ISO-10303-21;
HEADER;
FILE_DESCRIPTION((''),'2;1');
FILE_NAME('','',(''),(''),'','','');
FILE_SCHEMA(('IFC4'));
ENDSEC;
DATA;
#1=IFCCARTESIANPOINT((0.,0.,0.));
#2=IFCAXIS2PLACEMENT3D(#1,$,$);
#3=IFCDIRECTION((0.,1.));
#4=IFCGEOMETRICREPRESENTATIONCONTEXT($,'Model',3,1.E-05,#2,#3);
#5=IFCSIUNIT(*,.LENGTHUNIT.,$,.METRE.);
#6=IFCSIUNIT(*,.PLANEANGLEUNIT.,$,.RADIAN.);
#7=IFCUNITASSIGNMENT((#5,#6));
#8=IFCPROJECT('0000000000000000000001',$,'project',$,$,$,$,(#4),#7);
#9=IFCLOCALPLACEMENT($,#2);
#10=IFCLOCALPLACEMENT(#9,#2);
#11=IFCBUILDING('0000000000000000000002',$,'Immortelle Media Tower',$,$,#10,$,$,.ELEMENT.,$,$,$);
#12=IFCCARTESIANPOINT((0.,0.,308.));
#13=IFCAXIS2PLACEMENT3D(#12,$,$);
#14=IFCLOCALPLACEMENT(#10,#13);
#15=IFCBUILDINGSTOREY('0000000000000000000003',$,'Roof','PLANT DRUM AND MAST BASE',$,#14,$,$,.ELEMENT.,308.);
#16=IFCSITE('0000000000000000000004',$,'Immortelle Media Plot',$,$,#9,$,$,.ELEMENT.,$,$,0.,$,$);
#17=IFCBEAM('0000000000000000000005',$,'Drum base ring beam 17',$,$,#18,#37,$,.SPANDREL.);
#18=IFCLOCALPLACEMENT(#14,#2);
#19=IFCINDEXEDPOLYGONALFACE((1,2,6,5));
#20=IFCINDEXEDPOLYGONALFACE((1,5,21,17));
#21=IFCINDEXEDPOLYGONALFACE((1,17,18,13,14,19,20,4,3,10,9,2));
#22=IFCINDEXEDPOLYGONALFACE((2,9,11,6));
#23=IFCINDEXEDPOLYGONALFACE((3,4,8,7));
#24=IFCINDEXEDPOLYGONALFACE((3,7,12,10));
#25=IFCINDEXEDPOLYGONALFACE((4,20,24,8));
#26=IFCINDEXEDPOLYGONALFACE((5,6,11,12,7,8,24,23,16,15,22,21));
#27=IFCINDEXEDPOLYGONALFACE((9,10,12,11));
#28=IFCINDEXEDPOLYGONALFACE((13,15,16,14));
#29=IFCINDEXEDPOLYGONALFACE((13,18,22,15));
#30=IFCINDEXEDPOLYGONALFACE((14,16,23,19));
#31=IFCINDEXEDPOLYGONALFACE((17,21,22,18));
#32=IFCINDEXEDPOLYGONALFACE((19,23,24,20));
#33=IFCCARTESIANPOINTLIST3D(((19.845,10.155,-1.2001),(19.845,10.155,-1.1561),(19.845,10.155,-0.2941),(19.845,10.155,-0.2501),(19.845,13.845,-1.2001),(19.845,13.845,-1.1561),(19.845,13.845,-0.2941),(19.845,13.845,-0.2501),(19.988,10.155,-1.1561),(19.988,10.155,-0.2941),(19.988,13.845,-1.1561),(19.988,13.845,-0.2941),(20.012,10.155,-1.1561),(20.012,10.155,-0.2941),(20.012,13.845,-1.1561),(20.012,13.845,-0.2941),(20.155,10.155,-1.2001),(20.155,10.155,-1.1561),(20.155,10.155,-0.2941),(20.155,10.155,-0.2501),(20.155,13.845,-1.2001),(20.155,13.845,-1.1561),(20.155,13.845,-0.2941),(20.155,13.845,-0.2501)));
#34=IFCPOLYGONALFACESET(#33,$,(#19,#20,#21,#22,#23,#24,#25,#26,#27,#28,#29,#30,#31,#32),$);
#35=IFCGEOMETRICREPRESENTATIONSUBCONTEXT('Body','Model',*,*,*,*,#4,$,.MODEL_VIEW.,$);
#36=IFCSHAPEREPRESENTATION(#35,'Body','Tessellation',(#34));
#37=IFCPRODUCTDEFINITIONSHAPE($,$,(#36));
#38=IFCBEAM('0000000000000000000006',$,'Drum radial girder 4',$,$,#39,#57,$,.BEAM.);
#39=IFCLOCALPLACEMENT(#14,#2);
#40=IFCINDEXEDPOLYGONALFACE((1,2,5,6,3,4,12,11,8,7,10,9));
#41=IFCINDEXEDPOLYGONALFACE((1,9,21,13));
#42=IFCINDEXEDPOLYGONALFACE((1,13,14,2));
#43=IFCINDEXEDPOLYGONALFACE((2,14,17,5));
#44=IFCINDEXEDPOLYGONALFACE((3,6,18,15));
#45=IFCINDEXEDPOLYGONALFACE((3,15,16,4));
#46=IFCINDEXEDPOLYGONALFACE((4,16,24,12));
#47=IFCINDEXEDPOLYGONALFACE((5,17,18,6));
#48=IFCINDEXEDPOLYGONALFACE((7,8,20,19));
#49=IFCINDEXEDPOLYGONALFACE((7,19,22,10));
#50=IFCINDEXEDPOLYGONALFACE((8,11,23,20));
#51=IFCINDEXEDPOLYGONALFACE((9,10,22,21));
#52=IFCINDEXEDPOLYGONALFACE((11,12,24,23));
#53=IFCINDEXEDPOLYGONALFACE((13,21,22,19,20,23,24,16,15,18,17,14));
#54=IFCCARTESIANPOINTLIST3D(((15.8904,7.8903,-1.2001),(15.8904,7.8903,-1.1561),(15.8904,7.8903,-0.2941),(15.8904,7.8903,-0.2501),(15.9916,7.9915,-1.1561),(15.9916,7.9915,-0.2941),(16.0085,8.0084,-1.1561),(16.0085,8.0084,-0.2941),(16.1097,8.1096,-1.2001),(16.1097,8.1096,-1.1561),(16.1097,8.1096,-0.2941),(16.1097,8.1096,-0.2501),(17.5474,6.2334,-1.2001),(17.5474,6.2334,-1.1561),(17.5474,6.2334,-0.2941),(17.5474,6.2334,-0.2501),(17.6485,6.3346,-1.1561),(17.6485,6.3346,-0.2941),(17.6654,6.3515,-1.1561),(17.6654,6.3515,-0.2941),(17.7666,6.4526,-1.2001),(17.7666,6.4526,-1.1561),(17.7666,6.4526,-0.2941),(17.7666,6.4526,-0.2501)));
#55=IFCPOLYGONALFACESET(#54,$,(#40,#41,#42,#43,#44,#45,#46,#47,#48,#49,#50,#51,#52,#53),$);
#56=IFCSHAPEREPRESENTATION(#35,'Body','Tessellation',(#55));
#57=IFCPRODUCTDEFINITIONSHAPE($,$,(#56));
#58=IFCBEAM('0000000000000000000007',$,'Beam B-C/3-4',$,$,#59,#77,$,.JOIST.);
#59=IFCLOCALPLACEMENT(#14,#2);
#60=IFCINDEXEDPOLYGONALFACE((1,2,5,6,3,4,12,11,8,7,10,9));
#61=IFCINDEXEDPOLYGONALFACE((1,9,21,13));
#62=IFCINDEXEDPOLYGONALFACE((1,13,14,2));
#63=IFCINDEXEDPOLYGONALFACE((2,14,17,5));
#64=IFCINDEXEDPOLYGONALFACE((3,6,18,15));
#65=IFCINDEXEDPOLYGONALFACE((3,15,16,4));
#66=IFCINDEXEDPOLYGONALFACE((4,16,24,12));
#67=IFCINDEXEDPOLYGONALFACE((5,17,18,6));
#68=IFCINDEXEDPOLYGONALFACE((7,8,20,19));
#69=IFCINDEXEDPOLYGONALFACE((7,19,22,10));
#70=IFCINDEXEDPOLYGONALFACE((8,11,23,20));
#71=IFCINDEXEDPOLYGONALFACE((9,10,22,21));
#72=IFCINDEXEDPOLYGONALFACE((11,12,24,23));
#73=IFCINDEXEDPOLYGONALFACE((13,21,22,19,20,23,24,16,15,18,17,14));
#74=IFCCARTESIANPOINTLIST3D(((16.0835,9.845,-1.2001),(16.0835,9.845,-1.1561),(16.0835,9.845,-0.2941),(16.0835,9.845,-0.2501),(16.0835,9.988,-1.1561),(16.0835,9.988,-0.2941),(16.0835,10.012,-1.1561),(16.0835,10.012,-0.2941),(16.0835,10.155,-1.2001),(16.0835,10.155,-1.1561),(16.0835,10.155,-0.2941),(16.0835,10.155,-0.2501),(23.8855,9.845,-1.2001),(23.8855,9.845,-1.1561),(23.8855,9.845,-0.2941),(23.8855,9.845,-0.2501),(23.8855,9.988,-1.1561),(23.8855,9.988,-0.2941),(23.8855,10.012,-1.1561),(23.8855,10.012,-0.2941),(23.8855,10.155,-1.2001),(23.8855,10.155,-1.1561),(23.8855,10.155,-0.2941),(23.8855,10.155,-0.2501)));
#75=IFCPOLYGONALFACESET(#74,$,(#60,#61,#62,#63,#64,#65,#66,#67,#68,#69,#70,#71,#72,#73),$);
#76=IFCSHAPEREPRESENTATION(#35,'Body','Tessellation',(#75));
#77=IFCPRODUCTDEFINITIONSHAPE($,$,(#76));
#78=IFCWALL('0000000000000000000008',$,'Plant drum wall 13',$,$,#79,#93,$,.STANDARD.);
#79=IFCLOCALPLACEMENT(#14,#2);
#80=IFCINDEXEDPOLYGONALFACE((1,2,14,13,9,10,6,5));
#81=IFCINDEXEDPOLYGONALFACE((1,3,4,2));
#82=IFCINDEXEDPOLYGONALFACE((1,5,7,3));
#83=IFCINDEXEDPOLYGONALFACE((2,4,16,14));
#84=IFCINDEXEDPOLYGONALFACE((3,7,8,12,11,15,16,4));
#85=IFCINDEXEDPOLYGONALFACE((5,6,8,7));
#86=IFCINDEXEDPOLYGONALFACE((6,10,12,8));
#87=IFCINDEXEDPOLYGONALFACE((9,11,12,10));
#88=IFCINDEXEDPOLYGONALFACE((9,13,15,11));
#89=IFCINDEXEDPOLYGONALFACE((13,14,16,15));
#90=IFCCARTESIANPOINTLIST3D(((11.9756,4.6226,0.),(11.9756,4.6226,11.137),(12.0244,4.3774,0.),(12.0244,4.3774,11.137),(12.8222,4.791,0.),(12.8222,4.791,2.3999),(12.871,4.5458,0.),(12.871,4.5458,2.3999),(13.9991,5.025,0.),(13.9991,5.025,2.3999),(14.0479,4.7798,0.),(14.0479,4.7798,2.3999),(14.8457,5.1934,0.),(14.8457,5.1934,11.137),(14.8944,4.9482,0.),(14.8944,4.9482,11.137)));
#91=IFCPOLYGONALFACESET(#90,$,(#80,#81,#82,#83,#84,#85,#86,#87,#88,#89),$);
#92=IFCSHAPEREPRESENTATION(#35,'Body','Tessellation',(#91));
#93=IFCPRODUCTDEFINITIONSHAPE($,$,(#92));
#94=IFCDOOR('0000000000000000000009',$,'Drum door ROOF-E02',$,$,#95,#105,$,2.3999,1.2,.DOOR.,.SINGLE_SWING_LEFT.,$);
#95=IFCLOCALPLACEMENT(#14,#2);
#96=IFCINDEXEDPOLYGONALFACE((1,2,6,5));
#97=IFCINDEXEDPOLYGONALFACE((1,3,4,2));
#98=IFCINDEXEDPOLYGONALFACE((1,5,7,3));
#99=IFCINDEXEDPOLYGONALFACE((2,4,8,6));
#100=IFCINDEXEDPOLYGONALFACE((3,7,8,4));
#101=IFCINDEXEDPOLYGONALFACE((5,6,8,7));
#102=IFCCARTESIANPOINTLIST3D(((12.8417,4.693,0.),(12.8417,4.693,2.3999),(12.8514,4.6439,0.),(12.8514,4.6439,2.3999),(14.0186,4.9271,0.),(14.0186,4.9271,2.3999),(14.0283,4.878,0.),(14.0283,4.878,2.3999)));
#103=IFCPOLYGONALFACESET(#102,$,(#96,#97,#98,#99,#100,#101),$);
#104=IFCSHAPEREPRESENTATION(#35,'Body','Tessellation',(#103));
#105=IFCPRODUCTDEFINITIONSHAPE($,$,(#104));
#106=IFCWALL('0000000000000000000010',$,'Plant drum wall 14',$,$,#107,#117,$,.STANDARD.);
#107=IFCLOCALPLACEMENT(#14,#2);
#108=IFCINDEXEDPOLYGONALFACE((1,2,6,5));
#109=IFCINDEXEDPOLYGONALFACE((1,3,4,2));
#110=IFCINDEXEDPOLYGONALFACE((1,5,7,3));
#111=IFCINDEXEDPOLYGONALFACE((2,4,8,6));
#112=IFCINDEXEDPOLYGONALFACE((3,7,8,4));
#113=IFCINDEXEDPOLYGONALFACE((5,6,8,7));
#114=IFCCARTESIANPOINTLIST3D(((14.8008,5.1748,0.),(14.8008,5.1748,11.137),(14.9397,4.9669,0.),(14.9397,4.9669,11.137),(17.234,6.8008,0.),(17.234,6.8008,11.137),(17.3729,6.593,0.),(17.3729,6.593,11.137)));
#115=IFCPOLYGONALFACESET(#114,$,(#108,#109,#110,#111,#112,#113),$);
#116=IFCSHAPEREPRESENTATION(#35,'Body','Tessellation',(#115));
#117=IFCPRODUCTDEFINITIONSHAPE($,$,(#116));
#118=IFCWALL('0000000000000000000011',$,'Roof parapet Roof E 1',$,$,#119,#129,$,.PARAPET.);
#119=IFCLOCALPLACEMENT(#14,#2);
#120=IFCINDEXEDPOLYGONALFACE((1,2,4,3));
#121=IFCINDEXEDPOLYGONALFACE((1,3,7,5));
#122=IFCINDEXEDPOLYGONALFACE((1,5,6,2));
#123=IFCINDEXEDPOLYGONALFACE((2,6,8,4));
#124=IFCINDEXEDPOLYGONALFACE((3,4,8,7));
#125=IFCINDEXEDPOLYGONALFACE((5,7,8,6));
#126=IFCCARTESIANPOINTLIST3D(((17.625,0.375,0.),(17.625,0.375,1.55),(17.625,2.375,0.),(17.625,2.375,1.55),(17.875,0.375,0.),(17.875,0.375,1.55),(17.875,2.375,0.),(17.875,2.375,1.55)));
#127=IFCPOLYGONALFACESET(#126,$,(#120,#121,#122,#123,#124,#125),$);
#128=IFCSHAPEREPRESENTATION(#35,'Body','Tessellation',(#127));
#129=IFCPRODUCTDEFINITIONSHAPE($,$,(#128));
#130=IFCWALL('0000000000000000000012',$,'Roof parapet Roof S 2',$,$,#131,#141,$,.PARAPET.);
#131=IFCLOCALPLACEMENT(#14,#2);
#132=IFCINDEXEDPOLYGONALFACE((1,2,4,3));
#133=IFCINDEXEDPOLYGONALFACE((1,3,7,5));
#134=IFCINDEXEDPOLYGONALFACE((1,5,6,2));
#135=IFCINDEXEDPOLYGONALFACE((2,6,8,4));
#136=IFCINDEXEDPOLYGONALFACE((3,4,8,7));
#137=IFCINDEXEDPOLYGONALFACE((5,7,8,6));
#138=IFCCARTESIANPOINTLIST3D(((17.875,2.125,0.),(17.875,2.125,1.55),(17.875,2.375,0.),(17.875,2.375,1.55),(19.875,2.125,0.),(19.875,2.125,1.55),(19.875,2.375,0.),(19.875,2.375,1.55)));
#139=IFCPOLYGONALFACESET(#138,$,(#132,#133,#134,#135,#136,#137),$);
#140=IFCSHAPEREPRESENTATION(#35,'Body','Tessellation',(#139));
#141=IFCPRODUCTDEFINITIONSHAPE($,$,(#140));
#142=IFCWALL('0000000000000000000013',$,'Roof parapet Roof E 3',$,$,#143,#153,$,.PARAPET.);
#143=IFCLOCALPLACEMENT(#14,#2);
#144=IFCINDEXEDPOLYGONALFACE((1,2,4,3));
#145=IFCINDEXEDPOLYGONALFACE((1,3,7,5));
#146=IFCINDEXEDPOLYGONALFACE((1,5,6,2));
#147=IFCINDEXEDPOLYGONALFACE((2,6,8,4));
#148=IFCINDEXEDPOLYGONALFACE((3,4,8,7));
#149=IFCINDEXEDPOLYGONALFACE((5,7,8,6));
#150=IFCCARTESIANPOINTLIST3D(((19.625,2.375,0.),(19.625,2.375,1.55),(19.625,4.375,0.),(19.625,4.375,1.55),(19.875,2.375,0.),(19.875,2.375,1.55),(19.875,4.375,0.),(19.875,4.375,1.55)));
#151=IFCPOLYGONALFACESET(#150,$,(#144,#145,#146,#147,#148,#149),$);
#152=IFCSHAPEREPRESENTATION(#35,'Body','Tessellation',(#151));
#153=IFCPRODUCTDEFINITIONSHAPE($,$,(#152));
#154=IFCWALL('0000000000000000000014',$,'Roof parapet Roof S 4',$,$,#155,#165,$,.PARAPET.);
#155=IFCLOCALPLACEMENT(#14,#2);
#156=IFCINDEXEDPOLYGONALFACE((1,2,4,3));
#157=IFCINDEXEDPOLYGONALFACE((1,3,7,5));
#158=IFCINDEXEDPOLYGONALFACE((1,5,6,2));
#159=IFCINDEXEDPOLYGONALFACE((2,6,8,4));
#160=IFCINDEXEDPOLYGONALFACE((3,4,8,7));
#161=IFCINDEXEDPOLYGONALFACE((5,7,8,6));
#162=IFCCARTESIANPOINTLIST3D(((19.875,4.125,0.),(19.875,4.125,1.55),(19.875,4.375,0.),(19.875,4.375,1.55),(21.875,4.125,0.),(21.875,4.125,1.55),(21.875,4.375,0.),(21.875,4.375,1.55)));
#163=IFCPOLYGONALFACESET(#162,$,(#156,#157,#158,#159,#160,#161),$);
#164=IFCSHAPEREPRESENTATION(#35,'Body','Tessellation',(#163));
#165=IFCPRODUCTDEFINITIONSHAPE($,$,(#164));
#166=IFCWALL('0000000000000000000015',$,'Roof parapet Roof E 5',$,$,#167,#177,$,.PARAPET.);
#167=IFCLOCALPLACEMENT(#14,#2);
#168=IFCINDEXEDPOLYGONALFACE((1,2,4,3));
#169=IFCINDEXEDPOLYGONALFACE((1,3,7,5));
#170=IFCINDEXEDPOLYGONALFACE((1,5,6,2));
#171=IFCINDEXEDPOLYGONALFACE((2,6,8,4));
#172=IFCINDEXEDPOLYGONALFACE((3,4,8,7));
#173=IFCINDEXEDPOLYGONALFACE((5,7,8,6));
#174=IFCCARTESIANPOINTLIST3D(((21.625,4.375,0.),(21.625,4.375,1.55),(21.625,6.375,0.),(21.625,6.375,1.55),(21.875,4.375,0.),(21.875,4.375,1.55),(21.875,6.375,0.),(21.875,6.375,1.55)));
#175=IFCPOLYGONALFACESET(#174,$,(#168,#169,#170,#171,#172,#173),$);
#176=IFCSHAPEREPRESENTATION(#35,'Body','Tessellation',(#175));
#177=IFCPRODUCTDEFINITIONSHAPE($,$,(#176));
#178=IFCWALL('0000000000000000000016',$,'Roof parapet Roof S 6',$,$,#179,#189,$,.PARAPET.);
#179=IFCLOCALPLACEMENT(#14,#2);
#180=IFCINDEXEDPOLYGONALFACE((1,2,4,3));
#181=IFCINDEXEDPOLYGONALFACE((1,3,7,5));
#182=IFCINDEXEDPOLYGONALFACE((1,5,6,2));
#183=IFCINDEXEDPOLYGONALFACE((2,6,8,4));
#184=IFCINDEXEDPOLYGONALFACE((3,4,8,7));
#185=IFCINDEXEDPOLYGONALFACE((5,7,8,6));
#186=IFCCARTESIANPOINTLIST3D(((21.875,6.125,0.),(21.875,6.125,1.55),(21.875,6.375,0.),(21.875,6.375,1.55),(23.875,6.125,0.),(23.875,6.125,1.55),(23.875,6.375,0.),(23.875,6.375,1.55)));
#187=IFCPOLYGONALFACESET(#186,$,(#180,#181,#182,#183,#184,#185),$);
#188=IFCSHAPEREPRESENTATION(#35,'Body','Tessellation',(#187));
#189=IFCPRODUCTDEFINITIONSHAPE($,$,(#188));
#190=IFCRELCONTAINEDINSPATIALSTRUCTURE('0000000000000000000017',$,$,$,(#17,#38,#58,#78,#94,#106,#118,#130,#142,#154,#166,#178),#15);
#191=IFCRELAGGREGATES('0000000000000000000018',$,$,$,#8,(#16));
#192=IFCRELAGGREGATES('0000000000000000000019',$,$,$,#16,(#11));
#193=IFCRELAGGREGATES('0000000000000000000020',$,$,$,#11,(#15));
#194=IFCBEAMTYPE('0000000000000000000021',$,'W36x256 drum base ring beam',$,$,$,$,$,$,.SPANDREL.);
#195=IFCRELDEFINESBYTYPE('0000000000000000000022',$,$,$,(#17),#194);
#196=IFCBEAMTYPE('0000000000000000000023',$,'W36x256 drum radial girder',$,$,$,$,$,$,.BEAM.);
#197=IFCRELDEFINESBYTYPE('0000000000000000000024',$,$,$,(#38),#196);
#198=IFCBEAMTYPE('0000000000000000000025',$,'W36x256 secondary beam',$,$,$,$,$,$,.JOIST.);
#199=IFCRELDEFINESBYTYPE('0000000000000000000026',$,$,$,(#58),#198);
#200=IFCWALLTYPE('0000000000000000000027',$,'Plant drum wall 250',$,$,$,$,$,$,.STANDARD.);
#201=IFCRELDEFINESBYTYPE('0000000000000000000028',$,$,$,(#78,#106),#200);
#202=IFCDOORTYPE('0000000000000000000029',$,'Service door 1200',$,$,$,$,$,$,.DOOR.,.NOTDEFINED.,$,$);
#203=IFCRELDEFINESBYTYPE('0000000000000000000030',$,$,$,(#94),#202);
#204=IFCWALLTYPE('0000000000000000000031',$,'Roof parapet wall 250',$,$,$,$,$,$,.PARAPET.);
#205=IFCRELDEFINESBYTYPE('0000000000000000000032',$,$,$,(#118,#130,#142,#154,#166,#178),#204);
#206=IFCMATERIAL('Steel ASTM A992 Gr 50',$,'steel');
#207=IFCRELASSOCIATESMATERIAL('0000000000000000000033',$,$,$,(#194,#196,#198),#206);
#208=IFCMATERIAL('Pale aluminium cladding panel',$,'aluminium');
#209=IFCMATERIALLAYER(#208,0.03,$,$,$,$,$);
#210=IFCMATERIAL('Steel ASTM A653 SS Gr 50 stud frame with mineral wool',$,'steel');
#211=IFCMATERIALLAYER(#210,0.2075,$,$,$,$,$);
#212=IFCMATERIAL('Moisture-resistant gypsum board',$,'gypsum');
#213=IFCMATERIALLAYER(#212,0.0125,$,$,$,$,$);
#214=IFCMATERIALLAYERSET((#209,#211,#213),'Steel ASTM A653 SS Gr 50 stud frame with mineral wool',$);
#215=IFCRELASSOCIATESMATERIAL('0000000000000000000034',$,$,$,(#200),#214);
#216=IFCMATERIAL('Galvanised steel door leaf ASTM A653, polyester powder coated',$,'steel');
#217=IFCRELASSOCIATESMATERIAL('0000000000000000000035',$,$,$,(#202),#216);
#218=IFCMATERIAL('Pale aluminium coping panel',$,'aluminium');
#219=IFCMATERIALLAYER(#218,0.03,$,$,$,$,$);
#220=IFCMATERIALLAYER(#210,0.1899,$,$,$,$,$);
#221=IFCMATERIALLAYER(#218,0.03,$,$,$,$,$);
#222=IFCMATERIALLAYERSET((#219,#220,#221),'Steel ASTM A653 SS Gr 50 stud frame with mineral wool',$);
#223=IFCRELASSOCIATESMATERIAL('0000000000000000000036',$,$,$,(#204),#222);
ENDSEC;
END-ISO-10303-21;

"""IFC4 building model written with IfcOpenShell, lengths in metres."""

from ifc_helpers import new_model, si_unit, direction, frame, frame_2d, origin, origin_2d, place, context, subcontext, project, spatial, rectangle, i_section, extrude, material, layer, layer_set, material_profile, profile_set, type_object, element, fill, save


model = new_model("IFC4")

# Units and contexts
model_context = context("Model", 3, precision=1e-05, world=origin(), true_north=direction((0.0, 1.0)))
body_context = subcontext(model_context, "Body", "Model", "MODEL_VIEW")
ifc_project = project(units=[si_unit("LENGTHUNIT", "METRE"), si_unit("PLANEANGLEUNIT", "RADIAN")], contexts=[model_context])

# Site, building, storey
site_placement = place(None, origin())
site = spatial("IfcSite", under=ifc_project, at=site_placement, Name="Immortelle Media Plot", CompositionType="ELEMENT", RefElevation=0.0)
building_placement = place(site_placement, origin())
building = spatial("IfcBuilding", under=site, at=building_placement, Name="Immortelle Media Tower", CompositionType="ELEMENT")
storey_placement = place(building_placement, frame((0.0, 0.0, 308.0)))
storey = spatial("IfcBuildingStorey", under=building, at=storey_placement, Name="Roof", Description="PLANT DRUM AND MAST BASE", CompositionType="ELEMENT", Elevation=308.0)

# Shared definitions
ifc_material_1 = material(Name="Steel ASTM A992 Gr 50", Category="steel")

# Beams
ifc_material_profile_1 = material_profile(ifc_material_1, i_section(OverallWidth=0.3101, OverallDepth=0.95, WebThickness=0.0239, FlangeThickness=0.0439, at=origin_2d()), Name="W36x256")
ifc_profile_set_1 = profile_set([ifc_material_profile_1], Name="Steel ASTM A992 Gr 50")
beam_type_1 = type_object("IfcBeamType", Name="W36x256 drum base ring beam", PredefinedType="SPANDREL", material=ifc_profile_set_1)
beam_1_placement = place(storey_placement, frame((20.0, 10.155, -0.7251), z_axis=(0.0, 1.0, 0.0), x_axis=(-1.0, 0.0, 0.0)))
element("IfcBeam", 1, at=beam_1_placement, inside=storey, type_object=beam_type_1, Name="Drum base ring beam 17", PredefinedType="SPANDREL", context=body_context, shape_type="SweptSolid", body=[
    extrude(i_section(OverallWidth=0.3101, OverallDepth=0.95, WebThickness=0.0239, FlangeThickness=0.0439, at=origin_2d()), origin(), (0.0, 0.0, 1.0), 3.6899),
])
ifc_material_profile_2 = material_profile(ifc_material_1, i_section(OverallWidth=0.3101, OverallDepth=0.95, WebThickness=0.0239, FlangeThickness=0.0439, at=origin_2d()), Name="W36x256")
ifc_profile_set_2 = profile_set([ifc_material_profile_2], Name="Steel ASTM A992 Gr 50")
beam_type_2 = type_object("IfcBeamType", Name="W36x256 drum radial girder", PredefinedType="BEAM", material=ifc_profile_set_2)
beam_2_placement = place(storey_placement, frame((17.657, 6.343, -0.7251), z_axis=(-0.707107, 0.707107, 0.0), x_axis=(-0.707107, -0.707107, 0.0)))
element("IfcBeam", 2, at=beam_2_placement, inside=storey, type_object=beam_type_2, Name="Drum radial girder 4", PredefinedType="BEAM", context=body_context, shape_type="SweptSolid", body=[
    extrude(i_section(OverallWidth=0.3101, OverallDepth=0.95, WebThickness=0.0239, FlangeThickness=0.0439, at=origin_2d()), origin(), (0.0, 0.0, 1.0), 2.3433),
])
ifc_material_profile_3 = material_profile(ifc_material_1, i_section(OverallWidth=0.3101, OverallDepth=0.95, WebThickness=0.0239, FlangeThickness=0.0439, at=origin_2d()), Name="W36x256")
ifc_profile_set_3 = profile_set([ifc_material_profile_3], Name="Steel ASTM A992 Gr 50")
beam_type_3 = type_object("IfcBeamType", Name="W36x256 secondary beam", PredefinedType="JOIST", material=ifc_profile_set_3)
beam_3_placement = place(storey_placement, frame((16.0835, 10.0, -0.7251), z_axis=(1.0, 0.0, 0.0), x_axis=(0.0, 1.0, 0.0)))
element("IfcBeam", 3, at=beam_3_placement, inside=storey, type_object=beam_type_3, Name="Beam B-C/3-4", PredefinedType="JOIST", context=body_context, shape_type="SweptSolid", body=[
    extrude(i_section(OverallWidth=0.3101, OverallDepth=0.95, WebThickness=0.0239, FlangeThickness=0.0439, at=origin_2d()), origin(), (0.0, 0.0, 1.0), 7.802),
])

# Wall, opening, door
ifc_material_2 = material(Name="Pale aluminium cladding panel", Category="aluminium")
ifc_layer_1 = layer(ifc_material_2, 0.03)
ifc_material_3 = material(Name="Steel ASTM A653 SS Gr 50 stud frame with mineral wool", Category="steel")
ifc_layer_2 = layer(ifc_material_3, 0.2075)
ifc_material_4 = material(Name="Moisture-resistant gypsum board", Category="gypsum")
ifc_layer_3 = layer(ifc_material_4, 0.0125)
ifc_layer_set_1 = layer_set([ifc_layer_1, ifc_layer_2, ifc_layer_3], Name="Steel ASTM A653 SS Gr 50 stud frame with mineral wool")
wall_type_1 = type_object("IfcWallType", Name="Plant drum wall 250", PredefinedType="STANDARD", material=ifc_layer_set_1)
wall_1_placement = place(storey_placement, frame((12.0, 4.5, 0.0), z_axis=(0.0, 0.0, 1.0), x_axis=(0.980792, 0.195057, 0.0)))
wall_1 = element("IfcWall", 4, at=wall_1_placement, inside=storey, type_object=wall_type_1, Name="Plant drum wall 13", PredefinedType="STANDARD", context=body_context, shape_type="SweptSolid", body=[
    extrude(rectangle(XDim=2.9263, YDim=0.25, at=frame_2d((1.4631, 0.0))), origin(), (0.0, 0.0, 1.0), 11.137),
])
opening_placement = place(wall_1_placement, frame((2.0632, 0.0, 0.0), z_axis=(0.0, 0.0, 1.0), x_axis=(-1.0, 0.0, 0.0)))
opening = element("IfcOpeningElement", 5, at=opening_placement, cuts=wall_1, PredefinedType="OPENING", context=body_context, shape_type="SweptSolid", body=[
    extrude(rectangle(XDim=1.2, YDim=2.3999, at=frame_2d((0.6001, 1.2))), frame((0.0, 0.135, 0.0), z_axis=(0.0, -1.0, 0.0), x_axis=(1.0, 0.0, 0.0)), (0.0, 0.0, 1.0), 0.27),
])
ifc_material_5 = material(Name="Galvanised steel door leaf ASTM A653, polyester powder coated", Category="steel")
door_type = type_object("IfcDoorType", Name="Service door 1200", OperationType="NOTDEFINED", PredefinedType="DOOR", material=ifc_material_5)
door_placement = place(opening_placement, origin())
door = element("IfcDoor", 6, at=door_placement, inside=storey, type_object=door_type, Name="Drum door ROOF-E02", OperationType="SINGLE_SWING_LEFT", OverallHeight=2.3999, OverallWidth=1.2, PredefinedType="DOOR", context=body_context, shape_type="SweptSolid", body=[
    extrude(rectangle(XDim=1.2, YDim=2.3999, at=frame_2d((0.6001, 1.2))), frame((0.0, 0.0249, 0.0), z_axis=(0.0, -1.0, 0.0), x_axis=(1.0, 0.0, 0.0)), (0.0, 0.0, 1.0), 0.05),
])
fill(opening, door)

# Walls
wall_2_placement = place(storey_placement, frame((14.8701, 5.0708, 0.0), z_axis=(0.0, 0.0, 1.0), x_axis=(0.831434, 0.555624, 0.0)))
element("IfcWall", 7, at=wall_2_placement, inside=storey, type_object=wall_type_1, Name="Plant drum wall 14", PredefinedType="STANDARD", context=body_context, shape_type="SweptSolid", body=[
    extrude(rectangle(XDim=2.9265, YDim=0.25, at=frame_2d((1.4634, 0.0))), origin(), (0.0, 0.0, 1.0), 11.137),
])
ifc_material_6 = material(Name="Pale aluminium coping panel", Category="aluminium")
ifc_layer_4 = layer(ifc_material_6, 0.03)
ifc_layer_5 = layer(ifc_material_3, 0.1899)
ifc_layer_6 = layer(ifc_material_6, 0.03)
ifc_layer_set_2 = layer_set([ifc_layer_4, ifc_layer_5, ifc_layer_6], Name="Steel ASTM A653 SS Gr 50 stud frame with mineral wool")
wall_type_2 = type_object("IfcWallType", Name="Roof parapet wall 250", PredefinedType="PARAPET", material=ifc_layer_set_2)
for number, where, z_axis, x_axis, name in (
    (8, (17.75, 0.375, 0.0), (0.0, 0.0, 1.0), (0.0, 1.0, 0.0), "Roof parapet Roof E 1"),
    (9, (17.875, 2.25, 0.0), (0.0, 0.0, 1.0), (1.0, 0.0, 0.0), "Roof parapet Roof S 2"),
    (10, (19.75, 2.375, 0.0), (0.0, 0.0, 1.0), (0.0, 1.0, 0.0), "Roof parapet Roof E 3"),
    (11, (19.875, 4.25, 0.0), (0.0, 0.0, 1.0), (1.0, 0.0, 0.0), "Roof parapet Roof S 4"),
    (12, (21.75, 4.375, 0.0), (0.0, 0.0, 1.0), (0.0, 1.0, 0.0), "Roof parapet Roof E 5"),
    (13, (21.875, 6.25, 0.0), (0.0, 0.0, 1.0), (1.0, 0.0, 0.0), "Roof parapet Roof S 6"),
):
    element("IfcWall", number, at=place(storey_placement, frame(where, z_axis=z_axis, x_axis=x_axis)), inside=storey, type_object=wall_type_2, Name=name, PredefinedType="PARAPET", context=body_context, shape_type="SweptSolid", body=[
        extrude(rectangle(XDim=2.0, YDim=0.25, at=frame_2d((1.0, 0.0))), origin(), (0.0, 0.0, 1.0), 1.55),
    ])

save(model, "model.ifc")
